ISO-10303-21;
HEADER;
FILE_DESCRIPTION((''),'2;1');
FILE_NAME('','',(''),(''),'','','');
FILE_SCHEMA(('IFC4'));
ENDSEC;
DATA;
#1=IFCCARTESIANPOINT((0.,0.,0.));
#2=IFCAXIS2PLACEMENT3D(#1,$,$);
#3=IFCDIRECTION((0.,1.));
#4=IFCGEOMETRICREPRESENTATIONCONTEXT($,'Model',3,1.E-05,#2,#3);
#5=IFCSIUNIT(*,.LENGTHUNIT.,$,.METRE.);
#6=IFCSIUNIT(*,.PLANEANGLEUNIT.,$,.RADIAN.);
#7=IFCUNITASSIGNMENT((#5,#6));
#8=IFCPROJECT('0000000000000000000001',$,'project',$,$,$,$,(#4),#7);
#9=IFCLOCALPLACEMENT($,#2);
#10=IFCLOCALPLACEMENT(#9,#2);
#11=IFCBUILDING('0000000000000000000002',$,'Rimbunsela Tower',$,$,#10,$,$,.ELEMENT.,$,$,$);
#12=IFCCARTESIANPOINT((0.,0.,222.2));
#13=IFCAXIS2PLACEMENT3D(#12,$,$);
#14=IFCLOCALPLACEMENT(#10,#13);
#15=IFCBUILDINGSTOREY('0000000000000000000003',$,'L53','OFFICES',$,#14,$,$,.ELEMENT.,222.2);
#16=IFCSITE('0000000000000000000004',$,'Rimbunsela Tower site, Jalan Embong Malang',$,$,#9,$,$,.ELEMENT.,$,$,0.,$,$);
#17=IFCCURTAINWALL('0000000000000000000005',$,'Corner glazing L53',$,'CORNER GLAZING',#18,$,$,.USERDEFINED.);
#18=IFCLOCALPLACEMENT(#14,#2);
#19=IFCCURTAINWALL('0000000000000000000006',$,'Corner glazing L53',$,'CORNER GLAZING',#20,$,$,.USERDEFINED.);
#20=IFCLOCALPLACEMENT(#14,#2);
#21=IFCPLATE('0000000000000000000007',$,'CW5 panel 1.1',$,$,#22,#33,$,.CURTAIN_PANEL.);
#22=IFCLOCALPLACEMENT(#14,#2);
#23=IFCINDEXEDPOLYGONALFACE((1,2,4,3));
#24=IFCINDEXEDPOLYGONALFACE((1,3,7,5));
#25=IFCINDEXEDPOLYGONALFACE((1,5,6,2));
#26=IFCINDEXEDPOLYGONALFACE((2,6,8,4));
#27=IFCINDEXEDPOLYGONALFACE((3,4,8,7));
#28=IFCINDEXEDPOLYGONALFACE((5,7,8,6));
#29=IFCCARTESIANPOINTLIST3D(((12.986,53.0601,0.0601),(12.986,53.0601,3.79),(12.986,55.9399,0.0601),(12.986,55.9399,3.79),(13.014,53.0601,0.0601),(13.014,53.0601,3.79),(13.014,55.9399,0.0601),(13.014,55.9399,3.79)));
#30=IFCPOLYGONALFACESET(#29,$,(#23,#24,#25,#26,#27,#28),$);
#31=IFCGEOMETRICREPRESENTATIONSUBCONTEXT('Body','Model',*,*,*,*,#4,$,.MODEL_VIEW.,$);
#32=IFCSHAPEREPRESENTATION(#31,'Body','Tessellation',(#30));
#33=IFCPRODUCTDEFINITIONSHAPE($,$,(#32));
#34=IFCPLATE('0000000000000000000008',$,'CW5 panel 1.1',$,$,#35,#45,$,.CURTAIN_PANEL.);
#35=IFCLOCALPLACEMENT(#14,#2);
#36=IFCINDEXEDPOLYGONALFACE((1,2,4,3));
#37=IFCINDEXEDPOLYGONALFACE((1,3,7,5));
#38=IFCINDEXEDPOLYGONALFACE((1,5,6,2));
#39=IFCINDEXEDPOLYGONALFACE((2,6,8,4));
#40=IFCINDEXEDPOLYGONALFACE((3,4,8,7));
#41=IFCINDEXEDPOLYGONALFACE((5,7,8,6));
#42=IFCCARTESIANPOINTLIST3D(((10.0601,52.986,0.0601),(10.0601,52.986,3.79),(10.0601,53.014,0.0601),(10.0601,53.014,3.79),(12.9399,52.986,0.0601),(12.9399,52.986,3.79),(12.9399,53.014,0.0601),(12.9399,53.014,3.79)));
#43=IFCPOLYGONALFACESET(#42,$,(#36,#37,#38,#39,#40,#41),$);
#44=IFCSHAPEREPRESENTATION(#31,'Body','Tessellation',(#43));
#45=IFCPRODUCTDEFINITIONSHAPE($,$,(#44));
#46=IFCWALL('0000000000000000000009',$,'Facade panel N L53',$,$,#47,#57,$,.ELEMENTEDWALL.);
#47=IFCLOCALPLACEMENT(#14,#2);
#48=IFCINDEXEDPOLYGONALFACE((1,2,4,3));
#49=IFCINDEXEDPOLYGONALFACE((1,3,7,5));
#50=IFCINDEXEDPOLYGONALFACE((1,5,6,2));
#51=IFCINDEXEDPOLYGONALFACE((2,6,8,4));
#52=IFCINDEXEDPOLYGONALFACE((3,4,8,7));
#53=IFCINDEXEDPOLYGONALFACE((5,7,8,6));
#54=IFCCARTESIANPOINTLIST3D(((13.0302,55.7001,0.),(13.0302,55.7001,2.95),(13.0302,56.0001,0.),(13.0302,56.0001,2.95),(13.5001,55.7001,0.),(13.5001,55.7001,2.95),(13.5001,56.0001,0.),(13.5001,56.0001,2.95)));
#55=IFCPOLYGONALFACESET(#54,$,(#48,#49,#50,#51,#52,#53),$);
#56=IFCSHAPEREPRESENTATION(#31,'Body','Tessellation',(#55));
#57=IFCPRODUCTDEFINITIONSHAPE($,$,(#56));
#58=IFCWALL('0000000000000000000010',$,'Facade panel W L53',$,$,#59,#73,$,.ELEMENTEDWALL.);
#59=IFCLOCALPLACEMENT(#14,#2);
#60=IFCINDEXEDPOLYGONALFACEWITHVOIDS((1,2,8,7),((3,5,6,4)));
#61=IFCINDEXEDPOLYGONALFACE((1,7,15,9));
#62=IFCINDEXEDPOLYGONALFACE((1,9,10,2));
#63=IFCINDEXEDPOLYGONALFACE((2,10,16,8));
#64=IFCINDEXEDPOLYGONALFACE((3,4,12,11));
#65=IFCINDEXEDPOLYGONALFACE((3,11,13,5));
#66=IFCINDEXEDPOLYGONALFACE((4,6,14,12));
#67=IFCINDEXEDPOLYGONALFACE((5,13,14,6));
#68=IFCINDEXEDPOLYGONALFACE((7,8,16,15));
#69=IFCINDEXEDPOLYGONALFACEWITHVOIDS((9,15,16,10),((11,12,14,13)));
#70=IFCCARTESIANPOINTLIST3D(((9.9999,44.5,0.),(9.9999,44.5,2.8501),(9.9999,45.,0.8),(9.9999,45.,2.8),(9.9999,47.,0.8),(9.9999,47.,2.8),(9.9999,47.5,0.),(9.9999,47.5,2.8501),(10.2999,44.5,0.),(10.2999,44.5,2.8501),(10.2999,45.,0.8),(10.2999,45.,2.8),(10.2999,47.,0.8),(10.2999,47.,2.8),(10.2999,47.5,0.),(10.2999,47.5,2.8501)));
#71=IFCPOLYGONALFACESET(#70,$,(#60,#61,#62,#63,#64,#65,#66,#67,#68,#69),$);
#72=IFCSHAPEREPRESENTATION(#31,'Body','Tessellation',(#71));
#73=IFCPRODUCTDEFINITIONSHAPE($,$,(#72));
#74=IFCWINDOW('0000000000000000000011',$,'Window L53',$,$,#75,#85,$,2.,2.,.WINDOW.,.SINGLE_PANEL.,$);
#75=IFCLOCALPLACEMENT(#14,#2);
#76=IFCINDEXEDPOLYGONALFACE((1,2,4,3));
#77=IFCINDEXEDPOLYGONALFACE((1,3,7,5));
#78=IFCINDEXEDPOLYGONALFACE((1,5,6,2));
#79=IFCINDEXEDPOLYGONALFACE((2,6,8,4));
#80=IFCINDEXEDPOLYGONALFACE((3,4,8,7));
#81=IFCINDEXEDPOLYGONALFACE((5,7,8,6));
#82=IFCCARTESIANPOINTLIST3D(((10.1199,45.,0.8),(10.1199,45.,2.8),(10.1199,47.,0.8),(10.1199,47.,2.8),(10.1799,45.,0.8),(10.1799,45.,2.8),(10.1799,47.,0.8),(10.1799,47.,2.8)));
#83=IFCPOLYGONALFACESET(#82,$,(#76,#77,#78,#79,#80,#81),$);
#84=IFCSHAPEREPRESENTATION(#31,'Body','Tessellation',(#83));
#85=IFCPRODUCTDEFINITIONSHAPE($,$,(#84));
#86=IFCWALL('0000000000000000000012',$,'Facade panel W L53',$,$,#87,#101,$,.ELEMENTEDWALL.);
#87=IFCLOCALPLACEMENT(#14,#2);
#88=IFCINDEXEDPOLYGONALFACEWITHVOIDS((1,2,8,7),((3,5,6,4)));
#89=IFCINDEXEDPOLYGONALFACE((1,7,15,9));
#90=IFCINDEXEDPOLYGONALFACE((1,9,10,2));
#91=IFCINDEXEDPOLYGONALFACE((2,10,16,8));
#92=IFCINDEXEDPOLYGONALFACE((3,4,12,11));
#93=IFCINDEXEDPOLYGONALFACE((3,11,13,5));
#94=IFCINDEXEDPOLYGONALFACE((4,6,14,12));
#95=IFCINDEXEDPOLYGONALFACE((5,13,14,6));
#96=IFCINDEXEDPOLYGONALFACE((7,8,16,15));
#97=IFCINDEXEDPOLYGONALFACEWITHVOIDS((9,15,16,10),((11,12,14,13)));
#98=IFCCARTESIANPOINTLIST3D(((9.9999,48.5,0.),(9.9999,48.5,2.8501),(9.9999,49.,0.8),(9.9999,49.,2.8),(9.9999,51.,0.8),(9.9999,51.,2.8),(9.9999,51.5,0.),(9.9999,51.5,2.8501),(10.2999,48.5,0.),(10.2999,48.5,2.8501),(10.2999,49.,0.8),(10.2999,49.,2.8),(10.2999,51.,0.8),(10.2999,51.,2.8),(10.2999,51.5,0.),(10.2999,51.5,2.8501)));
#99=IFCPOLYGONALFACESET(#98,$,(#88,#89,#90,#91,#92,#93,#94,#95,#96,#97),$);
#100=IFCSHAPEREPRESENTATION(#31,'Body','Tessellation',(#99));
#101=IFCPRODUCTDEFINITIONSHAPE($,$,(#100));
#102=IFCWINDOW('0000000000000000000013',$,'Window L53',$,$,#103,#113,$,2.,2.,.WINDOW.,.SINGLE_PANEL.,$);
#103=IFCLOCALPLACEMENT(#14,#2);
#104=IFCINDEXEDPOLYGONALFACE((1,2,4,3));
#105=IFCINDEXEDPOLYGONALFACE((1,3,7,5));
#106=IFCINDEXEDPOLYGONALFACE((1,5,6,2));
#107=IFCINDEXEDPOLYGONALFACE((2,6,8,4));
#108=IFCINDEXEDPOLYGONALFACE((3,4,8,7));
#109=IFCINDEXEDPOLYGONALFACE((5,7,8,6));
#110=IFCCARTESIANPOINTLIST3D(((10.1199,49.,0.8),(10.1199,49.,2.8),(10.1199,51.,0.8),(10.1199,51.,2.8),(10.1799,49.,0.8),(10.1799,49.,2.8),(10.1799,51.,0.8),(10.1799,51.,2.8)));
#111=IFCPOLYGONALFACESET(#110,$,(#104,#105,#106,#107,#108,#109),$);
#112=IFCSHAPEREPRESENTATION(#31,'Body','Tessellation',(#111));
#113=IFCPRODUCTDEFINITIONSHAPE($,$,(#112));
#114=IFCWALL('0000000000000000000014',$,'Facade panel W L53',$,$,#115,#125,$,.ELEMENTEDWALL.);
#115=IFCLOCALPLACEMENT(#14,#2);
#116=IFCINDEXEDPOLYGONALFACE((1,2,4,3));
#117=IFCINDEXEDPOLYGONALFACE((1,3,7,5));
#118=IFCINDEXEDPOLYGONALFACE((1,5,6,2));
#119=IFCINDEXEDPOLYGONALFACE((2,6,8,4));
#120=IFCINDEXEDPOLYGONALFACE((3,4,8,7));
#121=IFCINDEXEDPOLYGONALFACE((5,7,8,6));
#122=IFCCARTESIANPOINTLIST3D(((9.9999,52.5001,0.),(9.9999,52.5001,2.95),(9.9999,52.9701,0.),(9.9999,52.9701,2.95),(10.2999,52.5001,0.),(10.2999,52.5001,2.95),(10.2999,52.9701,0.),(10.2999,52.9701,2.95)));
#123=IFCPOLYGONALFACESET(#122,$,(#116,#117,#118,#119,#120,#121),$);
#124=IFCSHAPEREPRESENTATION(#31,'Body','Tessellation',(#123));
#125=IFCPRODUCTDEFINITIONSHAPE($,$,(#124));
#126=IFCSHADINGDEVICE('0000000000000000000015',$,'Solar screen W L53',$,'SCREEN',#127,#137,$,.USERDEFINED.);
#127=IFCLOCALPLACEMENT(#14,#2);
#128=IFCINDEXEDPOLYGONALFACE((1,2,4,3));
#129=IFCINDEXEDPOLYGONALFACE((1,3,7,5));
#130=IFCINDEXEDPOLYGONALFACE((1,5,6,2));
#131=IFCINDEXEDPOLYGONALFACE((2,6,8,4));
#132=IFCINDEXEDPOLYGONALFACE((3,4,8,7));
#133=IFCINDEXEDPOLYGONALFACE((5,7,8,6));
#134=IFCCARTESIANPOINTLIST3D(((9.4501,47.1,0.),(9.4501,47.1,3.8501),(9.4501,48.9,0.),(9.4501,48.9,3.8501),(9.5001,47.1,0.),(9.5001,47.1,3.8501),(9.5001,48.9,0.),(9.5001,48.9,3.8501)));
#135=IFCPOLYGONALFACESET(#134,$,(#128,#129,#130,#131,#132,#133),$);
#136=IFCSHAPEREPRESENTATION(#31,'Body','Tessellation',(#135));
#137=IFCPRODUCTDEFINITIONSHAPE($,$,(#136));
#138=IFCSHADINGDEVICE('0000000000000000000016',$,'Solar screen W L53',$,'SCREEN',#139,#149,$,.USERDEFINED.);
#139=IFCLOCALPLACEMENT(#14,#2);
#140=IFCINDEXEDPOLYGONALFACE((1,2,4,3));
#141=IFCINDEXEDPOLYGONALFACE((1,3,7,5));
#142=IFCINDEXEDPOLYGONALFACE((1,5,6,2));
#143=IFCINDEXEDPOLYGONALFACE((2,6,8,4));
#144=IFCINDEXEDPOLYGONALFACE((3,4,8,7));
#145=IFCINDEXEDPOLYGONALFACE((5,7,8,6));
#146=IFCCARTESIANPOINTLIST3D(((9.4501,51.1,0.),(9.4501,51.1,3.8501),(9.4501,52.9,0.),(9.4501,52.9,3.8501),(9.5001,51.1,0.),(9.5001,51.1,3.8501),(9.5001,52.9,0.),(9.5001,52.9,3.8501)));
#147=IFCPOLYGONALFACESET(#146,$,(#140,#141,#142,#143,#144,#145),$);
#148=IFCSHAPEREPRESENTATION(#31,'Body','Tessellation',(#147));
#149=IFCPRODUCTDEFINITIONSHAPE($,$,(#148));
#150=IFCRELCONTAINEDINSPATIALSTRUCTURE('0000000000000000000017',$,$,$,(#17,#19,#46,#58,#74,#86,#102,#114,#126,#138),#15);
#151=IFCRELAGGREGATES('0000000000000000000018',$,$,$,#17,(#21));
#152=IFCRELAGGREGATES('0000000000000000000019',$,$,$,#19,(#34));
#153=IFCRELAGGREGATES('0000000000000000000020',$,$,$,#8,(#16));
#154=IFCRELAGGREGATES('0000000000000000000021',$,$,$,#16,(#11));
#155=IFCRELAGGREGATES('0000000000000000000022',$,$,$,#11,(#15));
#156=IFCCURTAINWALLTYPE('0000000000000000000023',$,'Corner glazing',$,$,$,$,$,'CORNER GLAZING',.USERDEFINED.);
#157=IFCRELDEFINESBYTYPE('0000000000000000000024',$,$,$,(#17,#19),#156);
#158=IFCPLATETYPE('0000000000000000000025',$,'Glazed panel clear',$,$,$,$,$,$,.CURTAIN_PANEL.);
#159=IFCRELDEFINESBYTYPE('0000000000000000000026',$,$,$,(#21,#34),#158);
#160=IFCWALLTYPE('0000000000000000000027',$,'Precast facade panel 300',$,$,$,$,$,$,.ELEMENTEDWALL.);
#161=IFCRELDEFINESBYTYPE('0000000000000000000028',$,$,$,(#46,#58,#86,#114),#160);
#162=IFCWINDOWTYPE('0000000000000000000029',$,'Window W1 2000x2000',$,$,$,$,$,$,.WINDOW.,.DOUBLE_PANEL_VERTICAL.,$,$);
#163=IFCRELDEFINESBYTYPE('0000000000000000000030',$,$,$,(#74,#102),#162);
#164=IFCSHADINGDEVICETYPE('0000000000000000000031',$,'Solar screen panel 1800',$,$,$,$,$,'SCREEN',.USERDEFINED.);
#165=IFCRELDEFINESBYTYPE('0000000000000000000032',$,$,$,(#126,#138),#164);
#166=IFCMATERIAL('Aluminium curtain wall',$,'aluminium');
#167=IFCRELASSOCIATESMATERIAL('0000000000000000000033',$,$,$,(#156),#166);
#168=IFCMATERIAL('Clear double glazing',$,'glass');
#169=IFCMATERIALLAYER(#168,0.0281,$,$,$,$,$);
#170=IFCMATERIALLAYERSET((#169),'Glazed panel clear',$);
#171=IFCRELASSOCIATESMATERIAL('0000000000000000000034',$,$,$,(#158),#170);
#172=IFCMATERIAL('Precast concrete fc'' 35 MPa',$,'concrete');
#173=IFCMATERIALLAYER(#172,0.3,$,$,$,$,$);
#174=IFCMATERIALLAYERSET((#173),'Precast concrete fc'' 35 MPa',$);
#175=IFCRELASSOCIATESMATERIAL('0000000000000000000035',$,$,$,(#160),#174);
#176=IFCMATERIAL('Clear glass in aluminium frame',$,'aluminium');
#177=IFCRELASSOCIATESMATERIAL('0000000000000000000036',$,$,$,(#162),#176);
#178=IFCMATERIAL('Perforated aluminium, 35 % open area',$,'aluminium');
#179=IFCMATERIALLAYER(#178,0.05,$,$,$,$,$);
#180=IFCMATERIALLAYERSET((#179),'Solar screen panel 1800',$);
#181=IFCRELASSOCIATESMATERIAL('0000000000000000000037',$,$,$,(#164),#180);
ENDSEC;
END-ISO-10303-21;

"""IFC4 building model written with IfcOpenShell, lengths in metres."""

from ifc_helpers import new_model, si_unit, direction, frame, frame_2d, origin, origin_2d, place, context, subcontext, project, spatial, rectangle, extrude, material, layer, layer_set, type_object, element, fill, aggregate, save


model = new_model("IFC4")

# Units and contexts
model_context = context("Model", 3, precision=1e-05, world=origin(), true_north=direction((0.0, 1.0)))
body_context = subcontext(model_context, "Body", "Model", "MODEL_VIEW")
ifc_project = project(units=[si_unit("LENGTHUNIT", "METRE"), si_unit("PLANEANGLEUNIT", "RADIAN")], contexts=[model_context])

# Site, building, storey
site_placement = place(None, origin())
site = spatial("IfcSite", under=ifc_project, at=site_placement, Name="Rimbunsela Tower site, Jalan Embong Malang", CompositionType="ELEMENT", RefElevation=0.0)
building_placement = place(site_placement, origin())
building = spatial("IfcBuilding", under=site, at=building_placement, Name="Rimbunsela Tower", CompositionType="ELEMENT")
storey_placement = place(building_placement, frame((0.0, 0.0, 222.2)))
storey = spatial("IfcBuildingStorey", under=building, at=storey_placement, Name="L53", Description="OFFICES", CompositionType="ELEMENT", Elevation=222.2)

# Curtain walls
ifc_material_1 = material(Name="Aluminium curtain wall", Category="aluminium")
curtain_wall_type = type_object("IfcCurtainWallType", Name="Corner glazing", ElementType="CORNER GLAZING", PredefinedType="USERDEFINED", material=ifc_material_1)
curtain_wall_1_placement = place(storey_placement, origin())
curtain_wall_1 = element("IfcCurtainWall", 1, at=curtain_wall_1_placement, inside=storey, type_object=curtain_wall_type, Name="Corner glazing L53", ObjectType="CORNER GLAZING", PredefinedType="USERDEFINED")
curtain_wall_2_placement = place(storey_placement, origin())
curtain_wall_2 = element("IfcCurtainWall", 2, at=curtain_wall_2_placement, inside=storey, type_object=curtain_wall_type, Name="Corner glazing L53", ObjectType="CORNER GLAZING", PredefinedType="USERDEFINED")

# Plates
ifc_material_2 = material(Name="Clear double glazing", Category="glass")
ifc_layer_1 = layer(ifc_material_2, 0.0281)
ifc_layer_set_1 = layer_set([ifc_layer_1], Name="Glazed panel clear")
plate_type = type_object("IfcPlateType", Name="Glazed panel clear", PredefinedType="CURTAIN_PANEL", material=ifc_layer_set_1)
plate_1_placement = place(storey_placement, frame((13.0, 54.5, 0.0601), z_axis=(0.0, 0.0, 1.0), x_axis=(0.0, -1.0, 0.0)))
plate_1 = element("IfcPlate", 3, at=plate_1_placement, type_object=plate_type, Name="CW5 panel 1.1", PredefinedType="CURTAIN_PANEL", context=body_context, shape_type="SweptSolid", body=[
    extrude(rectangle(XDim=2.8799, YDim=0.0281, at=origin_2d()), origin(), (0.0, 0.0, 1.0), 3.73),
])
aggregate(curtain_wall_1, [plate_1])
plate_2_placement = place(storey_placement, frame((11.5, 53.0, 0.0601), z_axis=(0.0, 0.0, 1.0), x_axis=(-1.0, 0.0, 0.0)))
plate_2 = element("IfcPlate", 4, at=plate_2_placement, type_object=plate_type, Name="CW5 panel 1.1", PredefinedType="CURTAIN_PANEL", context=body_context, shape_type="SweptSolid", body=[
    extrude(rectangle(XDim=2.8799, YDim=0.0281, at=origin_2d()), origin(), (0.0, 0.0, 1.0), 3.73),
])
aggregate(curtain_wall_2, [plate_2])

# Wall
ifc_material_3 = material(Name="Precast concrete fc' 35 MPa", Category="concrete")
ifc_layer_2 = layer(ifc_material_3, 0.3)
ifc_layer_set_2 = layer_set([ifc_layer_2], Name="Precast concrete fc' 35 MPa")
wall_type = type_object("IfcWallType", Name="Precast facade panel 300", PredefinedType="ELEMENTEDWALL", material=ifc_layer_set_2)
wall_1_placement = place(storey_placement, frame((13.5, 55.8501, 0.0), z_axis=(0.0, 0.0, 1.0), x_axis=(-1.0, 0.0, 0.0)))
element("IfcWall", 5, at=wall_1_placement, inside=storey, type_object=wall_type, Name="Facade panel N L53", PredefinedType="ELEMENTEDWALL", context=body_context, shape_type="SweptSolid", body=[
    extrude(rectangle(XDim=0.47, YDim=0.3, at=frame_2d((0.2349, 0.0))), origin(), (0.0, 0.0, 1.0), 2.95),
])

# Walls, openings, windows
wall_2_placement = place(storey_placement, frame((10.1499, 47.5, 0.0), z_axis=(0.0, 0.0, 1.0), x_axis=(0.0, -1.0, 0.0)))
wall_2 = element("IfcWall", 6, at=wall_2_placement, inside=storey, type_object=wall_type, Name="Facade panel W L53", PredefinedType="ELEMENTEDWALL", context=body_context, shape_type="SweptSolid", body=[
    extrude(rectangle(XDim=3.0, YDim=0.3, at=frame_2d((1.5, 0.0))), origin(), (0.0, 0.0, 1.0), 2.8501),
])
opening_1_placement = place(wall_2_placement, frame((0.5, 0.0, 0.8)))
opening_1 = element("IfcOpeningElement", 7, at=opening_1_placement, cuts=wall_2, PredefinedType="OPENING", context=body_context, shape_type="SweptSolid", body=[
    extrude(rectangle(XDim=2.0, YDim=2.0, at=frame_2d((1.0, 1.0))), frame((0.0, 0.1599, 0.0), z_axis=(0.0, -1.0, 0.0), x_axis=(1.0, 0.0, 0.0)), (0.0, 0.0, 1.0), 0.3201),
])
ifc_material_4 = material(Name="Clear glass in aluminium frame", Category="aluminium")
window_type = type_object("IfcWindowType", Name="Window W1 2000x2000", PartitioningType="DOUBLE_PANEL_VERTICAL", PredefinedType="WINDOW", material=ifc_material_4)
window_1_placement = place(opening_1_placement, origin())
window_1 = element("IfcWindow", 8, at=window_1_placement, inside=storey, type_object=window_type, Name="Window L53", OverallHeight=2.0, OverallWidth=2.0, PartitioningType="SINGLE_PANEL", PredefinedType="WINDOW", context=body_context, shape_type="SweptSolid", body=[
    extrude(rectangle(XDim=2.0, YDim=2.0, at=frame_2d((1.0, 1.0))), frame((0.0, 0.03, 0.0), z_axis=(0.0, -1.0, 0.0), x_axis=(1.0, 0.0, 0.0)), (0.0, 0.0, 1.0), 0.0601),
])
fill(opening_1, window_1)
wall_3_placement = place(storey_placement, frame((10.1499, 51.5, 0.0), z_axis=(0.0, 0.0, 1.0), x_axis=(0.0, -1.0, 0.0)))
wall_3 = element("IfcWall", 9, at=wall_3_placement, inside=storey, type_object=wall_type, Name="Facade panel W L53", PredefinedType="ELEMENTEDWALL", context=body_context, shape_type="SweptSolid", body=[
    extrude(rectangle(XDim=3.0, YDim=0.3, at=frame_2d((1.5, 0.0))), origin(), (0.0, 0.0, 1.0), 2.8501),
])
opening_2_placement = place(wall_3_placement, frame((0.5, 0.0, 0.8)))
opening_2 = element("IfcOpeningElement", 10, at=opening_2_placement, cuts=wall_3, PredefinedType="OPENING", context=body_context, shape_type="SweptSolid", body=[
    extrude(rectangle(XDim=2.0, YDim=2.0, at=frame_2d((1.0, 1.0))), frame((0.0, 0.1599, 0.0), z_axis=(0.0, -1.0, 0.0), x_axis=(1.0, 0.0, 0.0)), (0.0, 0.0, 1.0), 0.3201),
])
window_2_placement = place(opening_2_placement, origin())
window_2 = element("IfcWindow", 11, at=window_2_placement, inside=storey, type_object=window_type, Name="Window L53", OverallHeight=2.0, OverallWidth=2.0, PartitioningType="SINGLE_PANEL", PredefinedType="WINDOW", context=body_context, shape_type="SweptSolid", body=[
    extrude(rectangle(XDim=2.0, YDim=2.0, at=frame_2d((1.0, 1.0))), frame((0.0, 0.03, 0.0), z_axis=(0.0, -1.0, 0.0), x_axis=(1.0, 0.0, 0.0)), (0.0, 0.0, 1.0), 0.0601),
])
fill(opening_2, window_2)

# Wall
wall_4_placement = place(storey_placement, frame((10.1499, 52.97, 0.0), z_axis=(0.0, 0.0, 1.0), x_axis=(0.0, -1.0, 0.0)))
element("IfcWall", 12, at=wall_4_placement, inside=storey, type_object=wall_type, Name="Facade panel W L53", PredefinedType="ELEMENTEDWALL", context=body_context, shape_type="SweptSolid", body=[
    extrude(rectangle(XDim=0.47, YDim=0.3, at=frame_2d((0.2349, 0.0))), origin(), (0.0, 0.0, 1.0), 2.95),
])

# Shading devices
ifc_material_5 = material(Name="Perforated aluminium, 35 % open area", Category="aluminium")
ifc_layer_3 = layer(ifc_material_5, 0.05)
ifc_layer_set_3 = layer_set([ifc_layer_3], Name="Solar screen panel 1800")
shading_device_type = type_object("IfcShadingDeviceType", Name="Solar screen panel 1800", ElementType="SCREEN", PredefinedType="USERDEFINED", material=ifc_layer_set_3)
for number, where, z_axis, x_axis, name in (
    (13, (9.4751, 48.0, 0.0), (0.0, 0.0, 1.0), (0.0, 1.0, 0.0), "Solar screen W L53"),
    (14, (9.4751, 52.0, 0.0), (0.0, 0.0, 1.0), (0.0, 1.0, 0.0), "Solar screen W L53"),
):
    element("IfcShadingDevice", number, at=place(storey_placement, frame(where, z_axis=z_axis, x_axis=x_axis)), inside=storey, type_object=shading_device_type, Name=name, ObjectType="SCREEN", PredefinedType="USERDEFINED", context=body_context, shape_type="SweptSolid", body=[
        extrude(rectangle(XDim=1.8, YDim=0.05, at=origin_2d()), origin(), (0.0, 0.0, 1.0), 3.8501),
    ])

save(model, "model.ifc")
